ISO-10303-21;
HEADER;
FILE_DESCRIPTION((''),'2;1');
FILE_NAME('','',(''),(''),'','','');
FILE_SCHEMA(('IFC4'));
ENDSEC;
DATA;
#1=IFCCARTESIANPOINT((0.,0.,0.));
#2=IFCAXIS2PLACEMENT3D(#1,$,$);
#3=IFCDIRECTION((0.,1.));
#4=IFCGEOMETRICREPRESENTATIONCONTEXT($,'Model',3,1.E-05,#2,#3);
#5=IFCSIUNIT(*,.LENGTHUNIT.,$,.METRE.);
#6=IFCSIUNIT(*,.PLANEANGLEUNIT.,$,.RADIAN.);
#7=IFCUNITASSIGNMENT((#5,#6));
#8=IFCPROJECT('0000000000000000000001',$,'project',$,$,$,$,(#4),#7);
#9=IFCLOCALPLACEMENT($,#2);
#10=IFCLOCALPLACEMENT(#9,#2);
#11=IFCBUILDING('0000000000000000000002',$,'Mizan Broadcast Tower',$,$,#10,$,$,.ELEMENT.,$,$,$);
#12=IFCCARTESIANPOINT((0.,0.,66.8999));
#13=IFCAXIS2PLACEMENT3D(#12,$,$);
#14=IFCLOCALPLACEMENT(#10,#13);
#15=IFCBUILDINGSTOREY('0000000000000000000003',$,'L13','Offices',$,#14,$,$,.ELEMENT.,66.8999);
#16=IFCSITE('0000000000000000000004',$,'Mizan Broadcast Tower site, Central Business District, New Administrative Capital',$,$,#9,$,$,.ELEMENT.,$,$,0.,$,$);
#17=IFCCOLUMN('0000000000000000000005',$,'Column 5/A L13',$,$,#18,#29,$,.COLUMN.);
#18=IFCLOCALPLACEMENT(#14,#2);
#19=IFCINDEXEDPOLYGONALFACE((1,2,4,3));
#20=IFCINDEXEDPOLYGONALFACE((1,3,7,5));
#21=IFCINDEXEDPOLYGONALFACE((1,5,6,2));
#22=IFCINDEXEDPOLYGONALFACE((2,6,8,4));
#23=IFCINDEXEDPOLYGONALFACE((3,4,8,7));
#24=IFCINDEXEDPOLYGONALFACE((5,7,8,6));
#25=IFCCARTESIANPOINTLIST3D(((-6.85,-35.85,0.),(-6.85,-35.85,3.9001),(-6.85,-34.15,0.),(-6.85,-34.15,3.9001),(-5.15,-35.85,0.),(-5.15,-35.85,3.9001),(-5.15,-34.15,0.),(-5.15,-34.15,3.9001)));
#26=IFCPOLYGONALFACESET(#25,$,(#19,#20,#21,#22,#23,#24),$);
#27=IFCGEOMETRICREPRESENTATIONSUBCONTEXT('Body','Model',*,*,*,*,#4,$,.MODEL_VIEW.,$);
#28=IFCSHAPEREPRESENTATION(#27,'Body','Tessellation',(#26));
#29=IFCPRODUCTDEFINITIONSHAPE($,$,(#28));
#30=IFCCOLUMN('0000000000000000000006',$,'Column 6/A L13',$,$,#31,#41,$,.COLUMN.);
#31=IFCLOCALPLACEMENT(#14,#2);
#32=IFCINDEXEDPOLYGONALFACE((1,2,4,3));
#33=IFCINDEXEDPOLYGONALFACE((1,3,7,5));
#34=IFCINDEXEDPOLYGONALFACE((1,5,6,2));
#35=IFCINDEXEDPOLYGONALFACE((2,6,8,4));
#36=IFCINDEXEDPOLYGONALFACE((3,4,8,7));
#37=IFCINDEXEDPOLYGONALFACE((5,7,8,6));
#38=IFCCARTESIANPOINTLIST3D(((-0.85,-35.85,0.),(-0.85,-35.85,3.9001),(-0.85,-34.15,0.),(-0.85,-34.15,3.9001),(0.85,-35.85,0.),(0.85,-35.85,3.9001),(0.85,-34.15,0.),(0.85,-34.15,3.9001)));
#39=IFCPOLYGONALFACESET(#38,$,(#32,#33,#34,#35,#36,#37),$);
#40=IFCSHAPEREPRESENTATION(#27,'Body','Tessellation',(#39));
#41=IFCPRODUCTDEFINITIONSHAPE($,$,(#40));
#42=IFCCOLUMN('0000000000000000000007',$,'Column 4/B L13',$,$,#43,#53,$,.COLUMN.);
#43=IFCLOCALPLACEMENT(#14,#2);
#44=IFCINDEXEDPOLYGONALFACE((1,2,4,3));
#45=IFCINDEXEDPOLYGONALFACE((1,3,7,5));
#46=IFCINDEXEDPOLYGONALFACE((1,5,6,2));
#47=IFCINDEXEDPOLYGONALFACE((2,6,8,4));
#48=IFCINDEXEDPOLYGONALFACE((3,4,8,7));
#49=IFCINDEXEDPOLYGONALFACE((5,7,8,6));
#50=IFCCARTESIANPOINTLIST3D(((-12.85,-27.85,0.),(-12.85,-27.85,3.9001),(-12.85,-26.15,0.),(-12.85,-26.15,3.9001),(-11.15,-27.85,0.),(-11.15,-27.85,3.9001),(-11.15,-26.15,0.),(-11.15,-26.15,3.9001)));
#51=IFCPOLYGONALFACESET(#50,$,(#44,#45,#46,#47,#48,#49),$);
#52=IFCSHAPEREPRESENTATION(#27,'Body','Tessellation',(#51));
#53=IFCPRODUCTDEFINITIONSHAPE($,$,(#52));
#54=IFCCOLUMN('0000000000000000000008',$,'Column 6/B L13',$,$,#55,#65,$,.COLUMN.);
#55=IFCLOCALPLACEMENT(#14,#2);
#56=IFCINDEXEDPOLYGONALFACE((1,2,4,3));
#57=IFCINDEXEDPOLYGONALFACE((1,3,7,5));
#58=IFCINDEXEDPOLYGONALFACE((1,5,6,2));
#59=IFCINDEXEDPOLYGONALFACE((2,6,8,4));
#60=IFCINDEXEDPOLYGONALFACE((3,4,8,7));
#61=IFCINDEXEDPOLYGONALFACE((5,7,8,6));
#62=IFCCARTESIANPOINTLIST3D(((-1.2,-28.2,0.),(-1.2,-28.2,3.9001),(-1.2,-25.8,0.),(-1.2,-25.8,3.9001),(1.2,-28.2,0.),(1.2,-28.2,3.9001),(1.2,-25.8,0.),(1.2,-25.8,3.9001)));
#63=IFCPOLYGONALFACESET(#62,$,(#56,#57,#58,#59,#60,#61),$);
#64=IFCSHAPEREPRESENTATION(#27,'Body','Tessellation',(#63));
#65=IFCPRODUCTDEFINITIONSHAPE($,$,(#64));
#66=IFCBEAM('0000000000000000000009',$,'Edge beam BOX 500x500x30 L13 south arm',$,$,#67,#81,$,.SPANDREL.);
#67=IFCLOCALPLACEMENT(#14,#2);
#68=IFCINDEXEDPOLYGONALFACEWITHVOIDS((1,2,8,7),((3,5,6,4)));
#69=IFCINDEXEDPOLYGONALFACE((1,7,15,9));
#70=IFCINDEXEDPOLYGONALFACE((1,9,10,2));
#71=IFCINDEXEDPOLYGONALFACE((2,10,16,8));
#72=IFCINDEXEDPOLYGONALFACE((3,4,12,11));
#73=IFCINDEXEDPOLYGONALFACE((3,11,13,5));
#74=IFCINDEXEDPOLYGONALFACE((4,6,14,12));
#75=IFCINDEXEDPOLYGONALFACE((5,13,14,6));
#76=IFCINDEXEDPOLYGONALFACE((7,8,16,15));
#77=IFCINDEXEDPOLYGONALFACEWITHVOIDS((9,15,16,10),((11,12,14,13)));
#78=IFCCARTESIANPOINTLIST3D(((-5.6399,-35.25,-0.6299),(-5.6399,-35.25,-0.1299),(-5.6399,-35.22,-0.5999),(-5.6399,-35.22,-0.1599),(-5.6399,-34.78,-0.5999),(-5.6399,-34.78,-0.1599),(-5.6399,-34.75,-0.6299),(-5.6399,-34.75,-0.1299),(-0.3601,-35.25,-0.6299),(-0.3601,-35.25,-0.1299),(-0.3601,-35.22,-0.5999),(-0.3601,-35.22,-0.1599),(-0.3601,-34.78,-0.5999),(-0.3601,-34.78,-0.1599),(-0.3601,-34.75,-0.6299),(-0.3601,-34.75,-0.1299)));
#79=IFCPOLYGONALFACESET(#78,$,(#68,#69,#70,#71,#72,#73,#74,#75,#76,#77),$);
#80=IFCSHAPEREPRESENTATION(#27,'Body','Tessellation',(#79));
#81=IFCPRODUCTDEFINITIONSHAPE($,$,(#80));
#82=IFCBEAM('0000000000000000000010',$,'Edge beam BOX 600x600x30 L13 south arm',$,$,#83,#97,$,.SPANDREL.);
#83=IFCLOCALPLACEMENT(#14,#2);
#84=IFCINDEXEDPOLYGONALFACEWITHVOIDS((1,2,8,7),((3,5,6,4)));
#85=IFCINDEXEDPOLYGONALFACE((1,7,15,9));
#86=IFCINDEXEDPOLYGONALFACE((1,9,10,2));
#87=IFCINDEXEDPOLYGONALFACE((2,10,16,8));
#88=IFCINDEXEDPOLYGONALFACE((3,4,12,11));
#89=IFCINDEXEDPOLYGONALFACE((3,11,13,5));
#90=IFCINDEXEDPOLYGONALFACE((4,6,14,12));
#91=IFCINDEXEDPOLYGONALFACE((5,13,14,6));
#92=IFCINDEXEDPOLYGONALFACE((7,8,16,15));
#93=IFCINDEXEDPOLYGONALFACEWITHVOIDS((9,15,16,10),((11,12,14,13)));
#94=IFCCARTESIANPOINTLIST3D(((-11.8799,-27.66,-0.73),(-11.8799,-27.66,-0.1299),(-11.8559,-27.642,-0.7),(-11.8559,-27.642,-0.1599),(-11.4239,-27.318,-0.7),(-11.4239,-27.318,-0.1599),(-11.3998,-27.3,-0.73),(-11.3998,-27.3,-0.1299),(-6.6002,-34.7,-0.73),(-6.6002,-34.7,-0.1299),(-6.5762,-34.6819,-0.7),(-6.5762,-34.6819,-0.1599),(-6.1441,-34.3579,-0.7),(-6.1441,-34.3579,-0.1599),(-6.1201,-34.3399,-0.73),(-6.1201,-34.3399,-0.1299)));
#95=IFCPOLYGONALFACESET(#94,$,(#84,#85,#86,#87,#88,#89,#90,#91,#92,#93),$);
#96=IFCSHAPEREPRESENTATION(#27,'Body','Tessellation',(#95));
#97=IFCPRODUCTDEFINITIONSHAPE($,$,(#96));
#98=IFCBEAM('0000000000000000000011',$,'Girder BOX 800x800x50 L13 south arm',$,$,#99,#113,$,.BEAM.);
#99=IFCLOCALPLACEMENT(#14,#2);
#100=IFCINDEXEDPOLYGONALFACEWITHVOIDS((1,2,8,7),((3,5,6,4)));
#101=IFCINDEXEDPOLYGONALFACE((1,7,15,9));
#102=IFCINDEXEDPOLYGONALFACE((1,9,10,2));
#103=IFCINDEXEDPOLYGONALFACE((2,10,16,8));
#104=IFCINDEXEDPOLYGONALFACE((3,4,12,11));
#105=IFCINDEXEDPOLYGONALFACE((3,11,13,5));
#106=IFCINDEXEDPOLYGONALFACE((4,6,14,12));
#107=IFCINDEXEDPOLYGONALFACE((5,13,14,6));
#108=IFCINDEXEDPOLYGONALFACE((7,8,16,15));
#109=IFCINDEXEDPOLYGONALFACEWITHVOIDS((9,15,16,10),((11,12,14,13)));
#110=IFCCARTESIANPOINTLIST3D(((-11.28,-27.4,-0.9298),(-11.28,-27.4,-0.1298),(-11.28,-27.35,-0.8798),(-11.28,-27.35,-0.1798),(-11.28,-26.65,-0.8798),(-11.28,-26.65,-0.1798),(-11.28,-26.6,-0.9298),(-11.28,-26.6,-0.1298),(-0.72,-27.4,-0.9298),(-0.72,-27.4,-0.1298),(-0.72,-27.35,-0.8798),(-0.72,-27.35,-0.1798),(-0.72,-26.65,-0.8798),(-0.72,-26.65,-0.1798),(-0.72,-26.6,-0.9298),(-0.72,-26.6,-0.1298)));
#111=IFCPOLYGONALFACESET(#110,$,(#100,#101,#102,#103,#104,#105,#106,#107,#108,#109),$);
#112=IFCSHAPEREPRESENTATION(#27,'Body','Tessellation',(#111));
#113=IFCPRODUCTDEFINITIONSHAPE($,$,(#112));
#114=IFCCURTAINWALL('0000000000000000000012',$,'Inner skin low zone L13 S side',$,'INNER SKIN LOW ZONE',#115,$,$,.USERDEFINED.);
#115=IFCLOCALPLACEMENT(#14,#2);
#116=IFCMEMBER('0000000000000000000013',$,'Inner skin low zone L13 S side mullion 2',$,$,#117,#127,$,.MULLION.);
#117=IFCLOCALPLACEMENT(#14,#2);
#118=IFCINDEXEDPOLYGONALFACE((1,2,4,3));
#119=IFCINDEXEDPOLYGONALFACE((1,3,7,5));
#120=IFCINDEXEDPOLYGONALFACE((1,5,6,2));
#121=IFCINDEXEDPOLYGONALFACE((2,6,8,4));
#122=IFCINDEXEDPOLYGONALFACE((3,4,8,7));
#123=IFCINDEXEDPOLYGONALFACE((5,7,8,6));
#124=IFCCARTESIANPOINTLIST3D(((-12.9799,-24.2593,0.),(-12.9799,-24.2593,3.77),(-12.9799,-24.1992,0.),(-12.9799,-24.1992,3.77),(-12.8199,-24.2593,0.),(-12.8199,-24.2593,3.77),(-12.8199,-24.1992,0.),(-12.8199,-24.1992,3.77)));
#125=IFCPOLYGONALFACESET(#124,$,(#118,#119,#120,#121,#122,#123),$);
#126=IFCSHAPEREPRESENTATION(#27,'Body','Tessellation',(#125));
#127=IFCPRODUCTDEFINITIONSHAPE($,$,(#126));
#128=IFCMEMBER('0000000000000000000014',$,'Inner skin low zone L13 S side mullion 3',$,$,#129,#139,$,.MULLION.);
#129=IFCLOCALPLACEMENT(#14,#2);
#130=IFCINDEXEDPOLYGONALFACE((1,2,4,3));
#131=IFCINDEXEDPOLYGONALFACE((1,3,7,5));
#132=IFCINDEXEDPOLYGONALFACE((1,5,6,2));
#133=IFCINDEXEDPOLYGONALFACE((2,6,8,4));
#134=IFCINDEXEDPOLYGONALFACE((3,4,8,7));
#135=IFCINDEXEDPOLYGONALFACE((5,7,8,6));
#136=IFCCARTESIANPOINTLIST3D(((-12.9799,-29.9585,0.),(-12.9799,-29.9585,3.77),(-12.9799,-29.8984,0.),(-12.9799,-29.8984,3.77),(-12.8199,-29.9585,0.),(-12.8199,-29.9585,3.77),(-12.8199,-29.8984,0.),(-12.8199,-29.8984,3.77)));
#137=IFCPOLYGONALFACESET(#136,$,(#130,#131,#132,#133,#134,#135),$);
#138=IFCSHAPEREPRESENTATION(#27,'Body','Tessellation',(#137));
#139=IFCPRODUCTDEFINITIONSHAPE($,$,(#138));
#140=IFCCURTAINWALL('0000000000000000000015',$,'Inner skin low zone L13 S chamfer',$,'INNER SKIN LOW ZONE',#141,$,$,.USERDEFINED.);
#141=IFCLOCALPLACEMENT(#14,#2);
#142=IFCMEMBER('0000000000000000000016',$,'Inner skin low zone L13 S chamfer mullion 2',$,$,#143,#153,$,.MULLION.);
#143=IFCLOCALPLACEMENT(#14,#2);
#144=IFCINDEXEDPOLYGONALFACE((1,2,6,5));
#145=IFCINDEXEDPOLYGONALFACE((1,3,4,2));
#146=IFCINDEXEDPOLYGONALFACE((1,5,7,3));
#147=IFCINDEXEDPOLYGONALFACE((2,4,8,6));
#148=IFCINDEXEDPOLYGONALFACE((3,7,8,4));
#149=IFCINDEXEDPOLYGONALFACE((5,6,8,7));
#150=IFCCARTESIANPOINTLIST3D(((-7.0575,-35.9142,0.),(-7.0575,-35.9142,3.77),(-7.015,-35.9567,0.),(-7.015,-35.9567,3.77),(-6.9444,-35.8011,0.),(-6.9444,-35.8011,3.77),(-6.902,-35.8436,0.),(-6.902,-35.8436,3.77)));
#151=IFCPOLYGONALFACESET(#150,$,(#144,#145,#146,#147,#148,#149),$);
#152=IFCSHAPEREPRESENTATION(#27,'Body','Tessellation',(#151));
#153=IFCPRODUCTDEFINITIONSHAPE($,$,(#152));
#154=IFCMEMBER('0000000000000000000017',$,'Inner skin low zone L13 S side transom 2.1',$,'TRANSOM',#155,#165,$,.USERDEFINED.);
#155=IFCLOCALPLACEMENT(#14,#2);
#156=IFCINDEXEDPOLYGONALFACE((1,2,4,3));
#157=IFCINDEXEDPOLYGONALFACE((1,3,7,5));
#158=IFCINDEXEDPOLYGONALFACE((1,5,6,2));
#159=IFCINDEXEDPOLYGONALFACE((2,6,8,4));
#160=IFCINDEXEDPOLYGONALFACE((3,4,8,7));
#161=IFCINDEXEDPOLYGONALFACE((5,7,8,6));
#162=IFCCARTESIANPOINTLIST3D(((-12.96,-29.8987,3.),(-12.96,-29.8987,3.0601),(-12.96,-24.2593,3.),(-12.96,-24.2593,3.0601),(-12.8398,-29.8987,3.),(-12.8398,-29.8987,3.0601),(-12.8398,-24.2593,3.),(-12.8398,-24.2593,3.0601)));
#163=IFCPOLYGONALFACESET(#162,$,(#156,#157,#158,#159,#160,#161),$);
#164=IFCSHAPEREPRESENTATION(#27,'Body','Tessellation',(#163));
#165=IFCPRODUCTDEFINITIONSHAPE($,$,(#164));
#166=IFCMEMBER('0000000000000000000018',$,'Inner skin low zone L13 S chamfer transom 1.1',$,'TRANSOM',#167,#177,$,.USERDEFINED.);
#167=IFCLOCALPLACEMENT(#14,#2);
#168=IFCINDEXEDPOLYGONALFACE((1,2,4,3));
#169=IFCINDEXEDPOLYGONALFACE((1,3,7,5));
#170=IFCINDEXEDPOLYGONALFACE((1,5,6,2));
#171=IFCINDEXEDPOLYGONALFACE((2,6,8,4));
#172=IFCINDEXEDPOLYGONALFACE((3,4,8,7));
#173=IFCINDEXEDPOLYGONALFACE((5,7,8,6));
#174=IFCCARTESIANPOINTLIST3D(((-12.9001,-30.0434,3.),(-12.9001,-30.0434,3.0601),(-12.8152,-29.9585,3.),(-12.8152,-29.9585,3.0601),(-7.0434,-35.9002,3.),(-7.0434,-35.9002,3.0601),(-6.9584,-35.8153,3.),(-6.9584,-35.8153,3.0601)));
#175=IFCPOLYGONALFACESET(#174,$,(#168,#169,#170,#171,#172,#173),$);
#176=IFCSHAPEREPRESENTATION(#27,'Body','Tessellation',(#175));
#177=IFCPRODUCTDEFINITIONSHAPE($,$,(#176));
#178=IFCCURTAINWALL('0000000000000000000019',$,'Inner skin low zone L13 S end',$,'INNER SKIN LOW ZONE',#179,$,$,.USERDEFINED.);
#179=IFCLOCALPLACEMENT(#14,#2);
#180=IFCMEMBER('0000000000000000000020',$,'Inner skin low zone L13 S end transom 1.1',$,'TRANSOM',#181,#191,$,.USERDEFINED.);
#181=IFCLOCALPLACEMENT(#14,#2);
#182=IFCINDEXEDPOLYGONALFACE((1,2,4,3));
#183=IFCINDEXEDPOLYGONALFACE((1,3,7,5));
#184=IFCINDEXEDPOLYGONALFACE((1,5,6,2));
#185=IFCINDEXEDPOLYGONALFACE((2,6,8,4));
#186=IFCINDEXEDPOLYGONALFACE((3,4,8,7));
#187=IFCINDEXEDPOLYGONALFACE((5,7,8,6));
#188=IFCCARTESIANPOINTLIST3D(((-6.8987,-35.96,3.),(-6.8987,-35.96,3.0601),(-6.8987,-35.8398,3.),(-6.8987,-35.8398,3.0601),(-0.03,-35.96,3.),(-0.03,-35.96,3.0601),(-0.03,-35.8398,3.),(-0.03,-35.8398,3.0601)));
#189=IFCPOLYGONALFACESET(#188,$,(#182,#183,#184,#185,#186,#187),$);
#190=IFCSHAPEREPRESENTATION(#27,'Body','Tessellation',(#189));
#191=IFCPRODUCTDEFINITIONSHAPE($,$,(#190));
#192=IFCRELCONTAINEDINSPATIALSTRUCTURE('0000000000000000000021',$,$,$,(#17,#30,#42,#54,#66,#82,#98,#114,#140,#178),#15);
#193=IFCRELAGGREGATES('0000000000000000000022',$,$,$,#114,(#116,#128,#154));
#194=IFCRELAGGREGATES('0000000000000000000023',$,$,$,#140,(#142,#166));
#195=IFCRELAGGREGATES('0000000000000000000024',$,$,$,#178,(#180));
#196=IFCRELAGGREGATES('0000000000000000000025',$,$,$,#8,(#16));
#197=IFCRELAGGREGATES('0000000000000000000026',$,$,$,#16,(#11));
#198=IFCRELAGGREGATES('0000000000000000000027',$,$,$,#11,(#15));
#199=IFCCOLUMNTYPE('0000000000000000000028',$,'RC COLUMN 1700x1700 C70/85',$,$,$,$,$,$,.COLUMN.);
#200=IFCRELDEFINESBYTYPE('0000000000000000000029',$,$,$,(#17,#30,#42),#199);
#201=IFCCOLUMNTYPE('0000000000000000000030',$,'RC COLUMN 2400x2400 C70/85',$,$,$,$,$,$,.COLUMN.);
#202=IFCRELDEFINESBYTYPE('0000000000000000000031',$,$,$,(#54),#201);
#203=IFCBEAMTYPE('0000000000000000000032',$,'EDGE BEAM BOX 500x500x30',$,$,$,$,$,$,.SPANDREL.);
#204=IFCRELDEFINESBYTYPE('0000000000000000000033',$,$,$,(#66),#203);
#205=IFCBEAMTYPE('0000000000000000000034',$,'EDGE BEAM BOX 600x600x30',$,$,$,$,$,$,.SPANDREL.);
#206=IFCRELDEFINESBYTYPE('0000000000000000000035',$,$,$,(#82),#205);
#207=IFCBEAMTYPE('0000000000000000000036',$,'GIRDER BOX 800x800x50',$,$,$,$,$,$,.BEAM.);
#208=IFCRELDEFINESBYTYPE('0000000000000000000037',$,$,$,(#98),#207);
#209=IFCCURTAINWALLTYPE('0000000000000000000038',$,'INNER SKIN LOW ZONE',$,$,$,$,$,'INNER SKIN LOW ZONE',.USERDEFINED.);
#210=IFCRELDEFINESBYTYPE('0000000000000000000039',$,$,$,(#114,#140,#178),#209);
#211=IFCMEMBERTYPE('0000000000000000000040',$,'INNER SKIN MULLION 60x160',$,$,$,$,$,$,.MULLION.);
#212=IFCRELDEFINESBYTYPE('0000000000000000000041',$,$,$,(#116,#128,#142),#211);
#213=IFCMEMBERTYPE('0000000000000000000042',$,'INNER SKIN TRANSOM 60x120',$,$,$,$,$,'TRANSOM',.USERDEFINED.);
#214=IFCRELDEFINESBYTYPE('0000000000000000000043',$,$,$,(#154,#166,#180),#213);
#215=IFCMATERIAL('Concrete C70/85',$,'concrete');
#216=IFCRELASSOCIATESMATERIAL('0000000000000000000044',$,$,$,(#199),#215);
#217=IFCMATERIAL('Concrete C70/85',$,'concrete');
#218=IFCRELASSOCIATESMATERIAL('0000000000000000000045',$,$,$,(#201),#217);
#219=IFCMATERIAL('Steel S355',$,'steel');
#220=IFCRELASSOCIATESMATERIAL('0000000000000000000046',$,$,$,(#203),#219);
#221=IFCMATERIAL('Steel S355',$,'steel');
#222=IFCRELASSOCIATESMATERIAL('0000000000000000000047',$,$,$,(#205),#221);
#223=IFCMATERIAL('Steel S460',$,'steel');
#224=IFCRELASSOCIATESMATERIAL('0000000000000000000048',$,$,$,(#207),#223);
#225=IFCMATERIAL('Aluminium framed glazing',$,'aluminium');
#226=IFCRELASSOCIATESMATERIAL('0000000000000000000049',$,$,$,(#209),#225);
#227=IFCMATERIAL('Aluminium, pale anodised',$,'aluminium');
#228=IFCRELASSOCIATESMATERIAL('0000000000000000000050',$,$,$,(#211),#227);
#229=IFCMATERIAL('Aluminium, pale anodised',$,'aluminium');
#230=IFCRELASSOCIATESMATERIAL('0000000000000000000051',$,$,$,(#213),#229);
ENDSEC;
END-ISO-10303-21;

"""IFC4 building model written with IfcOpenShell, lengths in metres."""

from ifc_helpers import new_model, si_unit, direction, frame, origin, origin_2d, place, context, subcontext, project, spatial, rectangle, hollow_rectangle, extrude, material, material_profile, profile_set, type_object, element, aggregate, save


model = new_model("IFC4")

# Units and contexts
model_context = context("Model", 3, precision=1e-05, world=origin(), true_north=direction((0.0, 1.0)))
body_context = subcontext(model_context, "Body", "Model", "MODEL_VIEW")
ifc_project = project(units=[si_unit("LENGTHUNIT", "METRE"), si_unit("PLANEANGLEUNIT", "RADIAN")], contexts=[model_context])

# Site, building, storey
site_placement = place(None, origin())
site = spatial("IfcSite", under=ifc_project, at=site_placement, Name="Mizan Broadcast Tower site, Central Business District, New Administrative Capital", CompositionType="ELEMENT", RefElevation=0.0)
building_placement = place(site_placement, origin())
building = spatial("IfcBuilding", under=site, at=building_placement, Name="Mizan Broadcast Tower", CompositionType="ELEMENT")
storey_placement = place(building_placement, frame((0.0, 0.0, 66.8999)))
storey = spatial("IfcBuildingStorey", under=building, at=storey_placement, Name="L13", Description="Offices", CompositionType="ELEMENT", Elevation=66.8999)

# Columns
ifc_material_1 = material(Name="Concrete C70/85", Category="concrete")
ifc_material_profile_1 = material_profile(ifc_material_1, rectangle(XDim=1.7, YDim=1.7, at=origin_2d()), Name="RC 1700x1700")
ifc_profile_set_1 = profile_set([ifc_material_profile_1], Name="Concrete C70/85")
column_type_1 = type_object("IfcColumnType", Name="RC COLUMN 1700x1700 C70/85", PredefinedType="COLUMN", material=ifc_profile_set_1)
for number, where, z_axis, x_axis, name in (
    (1, (-6.0, -35.0, 0.0), (0.0, 0.0, 1.0), (1.0, 0.0, 0.0), "Column 5/A L13"),
    (2, (0.0, -35.0, 0.0), (0.0, 0.0, 1.0), (1.0, 0.0, 0.0), "Column 6/A L13"),
    (3, (-12.0, -27.0, 0.0), (0.0, 0.0, 1.0), (1.0, 0.0, 0.0), "Column 4/B L13"),
):
    element("IfcColumn", number, at=place(storey_placement, frame(where, z_axis=z_axis, x_axis=x_axis)), inside=storey, type_object=column_type_1, Name=name, PredefinedType="COLUMN", context=body_context, shape_type="SweptSolid", body=[
        extrude(rectangle(XDim=1.7, YDim=1.7, at=origin_2d()), origin(), (0.0, 0.0, 1.0), 3.9001),
    ])
ifc_material_2 = material(Name="Concrete C70/85", Category="concrete")
ifc_material_profile_2 = material_profile(ifc_material_2, rectangle(XDim=2.3999, YDim=2.3999, at=origin_2d()), Name="RC 2400x2400")
ifc_profile_set_2 = profile_set([ifc_material_profile_2], Name="Concrete C70/85")
column_type_2 = type_object("IfcColumnType", Name="RC COLUMN 2400x2400 C70/85", PredefinedType="COLUMN", material=ifc_profile_set_2)
column_placement = place(storey_placement, frame((0.0, -27.0, 0.0), z_axis=(0.0, 0.0, 1.0), x_axis=(1.0, 0.0, 0.0)))
element("IfcColumn", 4, at=column_placement, inside=storey, type_object=column_type_2, Name="Column 6/B L13", PredefinedType="COLUMN", context=body_context, shape_type="SweptSolid", body=[
    extrude(rectangle(XDim=2.3999, YDim=2.3999, at=origin_2d()), origin(), (0.0, 0.0, 1.0), 3.9001),
])

# Beams
ifc_material_3 = material(Name="Steel S355", Category="steel")
ifc_material_profile_3 = material_profile(ifc_material_3, hollow_rectangle(XDim=0.5, YDim=0.5, WallThickness=0.03, at=origin_2d()), Name="BOX 500x500x30")
ifc_profile_set_3 = profile_set([ifc_material_profile_3], Name="Steel S355")
beam_type_1 = type_object("IfcBeamType", Name="EDGE BEAM BOX 500x500x30", PredefinedType="SPANDREL", material=ifc_profile_set_3)
beam_1_placement = place(storey_placement, frame((-5.6399, -35.0, -0.3799), z_axis=(1.0, 0.0, 0.0), x_axis=(0.0, 1.0, 0.0)))
element("IfcBeam", 5, at=beam_1_placement, inside=storey, type_object=beam_type_1, Name="Edge beam BOX 500x500x30 L13 south arm", PredefinedType="SPANDREL", context=body_context, shape_type="SweptSolid", body=[
    extrude(hollow_rectangle(XDim=0.5, YDim=0.5, WallThickness=0.03, at=origin_2d()), origin(), (0.0, 0.0, 1.0), 5.2798),
])
ifc_material_4 = material(Name="Steel S355", Category="steel")
ifc_material_profile_4 = material_profile(ifc_material_4, hollow_rectangle(XDim=0.6001, YDim=0.6001, WallThickness=0.03, at=origin_2d()), Name="BOX 600x600x30")
ifc_profile_set_4 = profile_set([ifc_material_profile_4], Name="Steel S355")
beam_type_2 = type_object("IfcBeamType", Name="EDGE BEAM BOX 600x600x30", PredefinedType="SPANDREL", material=ifc_profile_set_4)
beam_2_placement = place(storey_placement, frame((-11.6399, -27.48, -0.4299), z_axis=(0.599982, -0.800013, 0.0), x_axis=(0.800013, 0.599982, 0.0)))
element("IfcBeam", 6, at=beam_2_placement, inside=storey, type_object=beam_type_2, Name="Edge beam BOX 600x600x30 L13 south arm", PredefinedType="SPANDREL", context=body_context, shape_type="SweptSolid", body=[
    extrude(hollow_rectangle(XDim=0.6001, YDim=0.6001, WallThickness=0.03, at=origin_2d()), origin(), (0.0, 0.0, 1.0), 8.7998),
])
ifc_material_5 = material(Name="Steel S460", Category="steel")
ifc_material_profile_5 = material_profile(ifc_material_5, hollow_rectangle(XDim=0.8, YDim=0.8, WallThickness=0.05, at=origin_2d()), Name="BOX 800x800x50")
ifc_profile_set_5 = profile_set([ifc_material_profile_5], Name="Steel S460")
beam_type_3 = type_object("IfcBeamType", Name="GIRDER BOX 800x800x50", PredefinedType="BEAM", material=ifc_profile_set_5)
beam_3_placement = place(storey_placement, frame((-11.28, -27.0, -0.5298), z_axis=(1.0, 0.0, 0.0), x_axis=(0.0, 1.0, 0.0)))
element("IfcBeam", 7, at=beam_3_placement, inside=storey, type_object=beam_type_3, Name="Girder BOX 800x800x50 L13 south arm", PredefinedType="BEAM", context=body_context, shape_type="SweptSolid", body=[
    extrude(hollow_rectangle(XDim=0.8, YDim=0.8, WallThickness=0.05, at=origin_2d()), origin(), (0.0, 0.0, 1.0), 10.5601),
])

# Curtain wall, members
ifc_material_6 = material(Name="Aluminium framed glazing", Category="aluminium")
curtain_wall_type_1 = type_object("IfcCurtainWallType", Name="INNER SKIN LOW ZONE", ElementType="INNER SKIN LOW ZONE", PredefinedType="USERDEFINED", material=ifc_material_6)
curtain_wall_1_placement = place(storey_placement, origin())
curtain_wall_1 = element("IfcCurtainWall", 8, at=curtain_wall_1_placement, inside=storey, type_object=curtain_wall_type_1, Name="Inner skin low zone L13 S side", ObjectType="INNER SKIN LOW ZONE", PredefinedType="USERDEFINED")
ifc_material_7 = material(Name="Aluminium, pale anodised", Category="aluminium")
ifc_material_profile_6 = material_profile(ifc_material_7, rectangle(XDim=0.1599, YDim=0.0601, at=origin_2d()), Name="MULLION 160x60")
ifc_profile_set_6 = profile_set([ifc_material_profile_6], Name="Aluminium, pale anodised")
member_type_1 = type_object("IfcMemberType", Name="INNER SKIN MULLION 60x160", PredefinedType="MULLION", material=ifc_profile_set_6)
member_1_placement = place(storey_placement, frame((-12.8999, -24.2292, 0.0), z_axis=(0.0, 0.0, 1.0), x_axis=(1.0, 0.0, 0.0)))
member_1 = element("IfcMember", 9, at=member_1_placement, type_object=member_type_1, Name="Inner skin low zone L13 S side mullion 2", PredefinedType="MULLION", context=body_context, shape_type="SweptSolid", body=[
    extrude(rectangle(XDim=0.1599, YDim=0.0601, at=origin_2d()), origin(), (0.0, 0.0, 1.0), 3.77),
])
member_2_placement = place(storey_placement, frame((-12.8999, -29.9285, 0.0), z_axis=(0.0, 0.0, 1.0), x_axis=(1.0, 0.0, 0.0)))
member_2 = element("IfcMember", 10, at=member_2_placement, type_object=member_type_1, Name="Inner skin low zone L13 S side mullion 3", PredefinedType="MULLION", context=body_context, shape_type="SweptSolid", body=[
    extrude(rectangle(XDim=0.1599, YDim=0.0601, at=origin_2d()), origin(), (0.0, 0.0, 1.0), 3.77),
])

# Curtain wall, member
curtain_wall_2_placement = place(storey_placement, origin())
curtain_wall_2 = element("IfcCurtainWall", 11, at=curtain_wall_2_placement, inside=storey, type_object=curtain_wall_type_1, Name="Inner skin low zone L13 S chamfer", ObjectType="INNER SKIN LOW ZONE", PredefinedType="USERDEFINED")
member_3_placement = place(storey_placement, frame((-6.9797, -35.8789, 0.0), z_axis=(0.0, 0.0, 1.0), x_axis=(0.707107, 0.707107, 0.0)))
member_3 = element("IfcMember", 12, at=member_3_placement, type_object=member_type_1, Name="Inner skin low zone L13 S chamfer mullion 2", PredefinedType="MULLION", context=body_context, shape_type="SweptSolid", body=[
    extrude(rectangle(XDim=0.1599, YDim=0.0601, at=origin_2d()), origin(), (0.0, 0.0, 1.0), 3.77),
])

# Members
ifc_material_8 = material(Name="Aluminium, pale anodised", Category="aluminium")
ifc_material_profile_7 = material_profile(ifc_material_8, rectangle(XDim=0.1201, YDim=0.0601, at=origin_2d()), Name="TRANSOM 120x60")
ifc_profile_set_7 = profile_set([ifc_material_profile_7], Name="Aluminium, pale anodised")
member_type_2 = type_object("IfcMemberType", Name="INNER SKIN TRANSOM 60x120", ElementType="TRANSOM", PredefinedType="USERDEFINED", material=ifc_profile_set_7)
member_4_placement = place(storey_placement, frame((-12.8999, -24.2593, 3.03), z_axis=(0.0, -1.0, 0.0), x_axis=(1.0, 0.0, 0.0)))
member_4 = element("IfcMember", 13, at=member_4_placement, type_object=member_type_2, Name="Inner skin low zone L13 S side transom 2.1", ObjectType="TRANSOM", PredefinedType="USERDEFINED", context=body_context, shape_type="SweptSolid", body=[
    extrude(rectangle(XDim=0.1201, YDim=0.0601, at=origin_2d()), origin(), (0.0, 0.0, 1.0), 5.6394),
])
member_5_placement = place(storey_placement, frame((-12.8577, -30.001, 3.03), z_axis=(0.707107, -0.707107, 0.0), x_axis=(0.707107, 0.707107, 0.0)))
member_5 = element("IfcMember", 14, at=member_5_placement, type_object=member_type_2, Name="Inner skin low zone L13 S chamfer transom 1.1", ObjectType="TRANSOM", PredefinedType="USERDEFINED", context=body_context, shape_type="SweptSolid", body=[
    extrude(rectangle(XDim=0.1201, YDim=0.0601, at=origin_2d()), origin(), (0.0, 0.0, 1.0), 8.2827),
])

# Curtain wall, member
curtain_wall_3_placement = place(storey_placement, origin())
curtain_wall_3 = element("IfcCurtainWall", 15, at=curtain_wall_3_placement, inside=storey, type_object=curtain_wall_type_1, Name="Inner skin low zone L13 S end", ObjectType="INNER SKIN LOW ZONE", PredefinedType="USERDEFINED")
member_6_placement = place(storey_placement, frame((-6.8987, -35.8999, 3.03), z_axis=(1.0, 0.0, 0.0), x_axis=(0.0, 1.0, 0.0)))
member_6 = element("IfcMember", 16, at=member_6_placement, type_object=member_type_2, Name="Inner skin low zone L13 S end transom 1.1", ObjectType="TRANSOM", PredefinedType="USERDEFINED", context=body_context, shape_type="SweptSolid", body=[
    extrude(rectangle(XDim=0.1201, YDim=0.0601, at=origin_2d()), origin(), (0.0, 0.0, 1.0), 6.8687),
])

aggregate(curtain_wall_1, [member_1, member_2, member_4])
aggregate(curtain_wall_2, [member_3, member_5])
aggregate(curtain_wall_3, [member_6])

save(model, "model.ifc")
